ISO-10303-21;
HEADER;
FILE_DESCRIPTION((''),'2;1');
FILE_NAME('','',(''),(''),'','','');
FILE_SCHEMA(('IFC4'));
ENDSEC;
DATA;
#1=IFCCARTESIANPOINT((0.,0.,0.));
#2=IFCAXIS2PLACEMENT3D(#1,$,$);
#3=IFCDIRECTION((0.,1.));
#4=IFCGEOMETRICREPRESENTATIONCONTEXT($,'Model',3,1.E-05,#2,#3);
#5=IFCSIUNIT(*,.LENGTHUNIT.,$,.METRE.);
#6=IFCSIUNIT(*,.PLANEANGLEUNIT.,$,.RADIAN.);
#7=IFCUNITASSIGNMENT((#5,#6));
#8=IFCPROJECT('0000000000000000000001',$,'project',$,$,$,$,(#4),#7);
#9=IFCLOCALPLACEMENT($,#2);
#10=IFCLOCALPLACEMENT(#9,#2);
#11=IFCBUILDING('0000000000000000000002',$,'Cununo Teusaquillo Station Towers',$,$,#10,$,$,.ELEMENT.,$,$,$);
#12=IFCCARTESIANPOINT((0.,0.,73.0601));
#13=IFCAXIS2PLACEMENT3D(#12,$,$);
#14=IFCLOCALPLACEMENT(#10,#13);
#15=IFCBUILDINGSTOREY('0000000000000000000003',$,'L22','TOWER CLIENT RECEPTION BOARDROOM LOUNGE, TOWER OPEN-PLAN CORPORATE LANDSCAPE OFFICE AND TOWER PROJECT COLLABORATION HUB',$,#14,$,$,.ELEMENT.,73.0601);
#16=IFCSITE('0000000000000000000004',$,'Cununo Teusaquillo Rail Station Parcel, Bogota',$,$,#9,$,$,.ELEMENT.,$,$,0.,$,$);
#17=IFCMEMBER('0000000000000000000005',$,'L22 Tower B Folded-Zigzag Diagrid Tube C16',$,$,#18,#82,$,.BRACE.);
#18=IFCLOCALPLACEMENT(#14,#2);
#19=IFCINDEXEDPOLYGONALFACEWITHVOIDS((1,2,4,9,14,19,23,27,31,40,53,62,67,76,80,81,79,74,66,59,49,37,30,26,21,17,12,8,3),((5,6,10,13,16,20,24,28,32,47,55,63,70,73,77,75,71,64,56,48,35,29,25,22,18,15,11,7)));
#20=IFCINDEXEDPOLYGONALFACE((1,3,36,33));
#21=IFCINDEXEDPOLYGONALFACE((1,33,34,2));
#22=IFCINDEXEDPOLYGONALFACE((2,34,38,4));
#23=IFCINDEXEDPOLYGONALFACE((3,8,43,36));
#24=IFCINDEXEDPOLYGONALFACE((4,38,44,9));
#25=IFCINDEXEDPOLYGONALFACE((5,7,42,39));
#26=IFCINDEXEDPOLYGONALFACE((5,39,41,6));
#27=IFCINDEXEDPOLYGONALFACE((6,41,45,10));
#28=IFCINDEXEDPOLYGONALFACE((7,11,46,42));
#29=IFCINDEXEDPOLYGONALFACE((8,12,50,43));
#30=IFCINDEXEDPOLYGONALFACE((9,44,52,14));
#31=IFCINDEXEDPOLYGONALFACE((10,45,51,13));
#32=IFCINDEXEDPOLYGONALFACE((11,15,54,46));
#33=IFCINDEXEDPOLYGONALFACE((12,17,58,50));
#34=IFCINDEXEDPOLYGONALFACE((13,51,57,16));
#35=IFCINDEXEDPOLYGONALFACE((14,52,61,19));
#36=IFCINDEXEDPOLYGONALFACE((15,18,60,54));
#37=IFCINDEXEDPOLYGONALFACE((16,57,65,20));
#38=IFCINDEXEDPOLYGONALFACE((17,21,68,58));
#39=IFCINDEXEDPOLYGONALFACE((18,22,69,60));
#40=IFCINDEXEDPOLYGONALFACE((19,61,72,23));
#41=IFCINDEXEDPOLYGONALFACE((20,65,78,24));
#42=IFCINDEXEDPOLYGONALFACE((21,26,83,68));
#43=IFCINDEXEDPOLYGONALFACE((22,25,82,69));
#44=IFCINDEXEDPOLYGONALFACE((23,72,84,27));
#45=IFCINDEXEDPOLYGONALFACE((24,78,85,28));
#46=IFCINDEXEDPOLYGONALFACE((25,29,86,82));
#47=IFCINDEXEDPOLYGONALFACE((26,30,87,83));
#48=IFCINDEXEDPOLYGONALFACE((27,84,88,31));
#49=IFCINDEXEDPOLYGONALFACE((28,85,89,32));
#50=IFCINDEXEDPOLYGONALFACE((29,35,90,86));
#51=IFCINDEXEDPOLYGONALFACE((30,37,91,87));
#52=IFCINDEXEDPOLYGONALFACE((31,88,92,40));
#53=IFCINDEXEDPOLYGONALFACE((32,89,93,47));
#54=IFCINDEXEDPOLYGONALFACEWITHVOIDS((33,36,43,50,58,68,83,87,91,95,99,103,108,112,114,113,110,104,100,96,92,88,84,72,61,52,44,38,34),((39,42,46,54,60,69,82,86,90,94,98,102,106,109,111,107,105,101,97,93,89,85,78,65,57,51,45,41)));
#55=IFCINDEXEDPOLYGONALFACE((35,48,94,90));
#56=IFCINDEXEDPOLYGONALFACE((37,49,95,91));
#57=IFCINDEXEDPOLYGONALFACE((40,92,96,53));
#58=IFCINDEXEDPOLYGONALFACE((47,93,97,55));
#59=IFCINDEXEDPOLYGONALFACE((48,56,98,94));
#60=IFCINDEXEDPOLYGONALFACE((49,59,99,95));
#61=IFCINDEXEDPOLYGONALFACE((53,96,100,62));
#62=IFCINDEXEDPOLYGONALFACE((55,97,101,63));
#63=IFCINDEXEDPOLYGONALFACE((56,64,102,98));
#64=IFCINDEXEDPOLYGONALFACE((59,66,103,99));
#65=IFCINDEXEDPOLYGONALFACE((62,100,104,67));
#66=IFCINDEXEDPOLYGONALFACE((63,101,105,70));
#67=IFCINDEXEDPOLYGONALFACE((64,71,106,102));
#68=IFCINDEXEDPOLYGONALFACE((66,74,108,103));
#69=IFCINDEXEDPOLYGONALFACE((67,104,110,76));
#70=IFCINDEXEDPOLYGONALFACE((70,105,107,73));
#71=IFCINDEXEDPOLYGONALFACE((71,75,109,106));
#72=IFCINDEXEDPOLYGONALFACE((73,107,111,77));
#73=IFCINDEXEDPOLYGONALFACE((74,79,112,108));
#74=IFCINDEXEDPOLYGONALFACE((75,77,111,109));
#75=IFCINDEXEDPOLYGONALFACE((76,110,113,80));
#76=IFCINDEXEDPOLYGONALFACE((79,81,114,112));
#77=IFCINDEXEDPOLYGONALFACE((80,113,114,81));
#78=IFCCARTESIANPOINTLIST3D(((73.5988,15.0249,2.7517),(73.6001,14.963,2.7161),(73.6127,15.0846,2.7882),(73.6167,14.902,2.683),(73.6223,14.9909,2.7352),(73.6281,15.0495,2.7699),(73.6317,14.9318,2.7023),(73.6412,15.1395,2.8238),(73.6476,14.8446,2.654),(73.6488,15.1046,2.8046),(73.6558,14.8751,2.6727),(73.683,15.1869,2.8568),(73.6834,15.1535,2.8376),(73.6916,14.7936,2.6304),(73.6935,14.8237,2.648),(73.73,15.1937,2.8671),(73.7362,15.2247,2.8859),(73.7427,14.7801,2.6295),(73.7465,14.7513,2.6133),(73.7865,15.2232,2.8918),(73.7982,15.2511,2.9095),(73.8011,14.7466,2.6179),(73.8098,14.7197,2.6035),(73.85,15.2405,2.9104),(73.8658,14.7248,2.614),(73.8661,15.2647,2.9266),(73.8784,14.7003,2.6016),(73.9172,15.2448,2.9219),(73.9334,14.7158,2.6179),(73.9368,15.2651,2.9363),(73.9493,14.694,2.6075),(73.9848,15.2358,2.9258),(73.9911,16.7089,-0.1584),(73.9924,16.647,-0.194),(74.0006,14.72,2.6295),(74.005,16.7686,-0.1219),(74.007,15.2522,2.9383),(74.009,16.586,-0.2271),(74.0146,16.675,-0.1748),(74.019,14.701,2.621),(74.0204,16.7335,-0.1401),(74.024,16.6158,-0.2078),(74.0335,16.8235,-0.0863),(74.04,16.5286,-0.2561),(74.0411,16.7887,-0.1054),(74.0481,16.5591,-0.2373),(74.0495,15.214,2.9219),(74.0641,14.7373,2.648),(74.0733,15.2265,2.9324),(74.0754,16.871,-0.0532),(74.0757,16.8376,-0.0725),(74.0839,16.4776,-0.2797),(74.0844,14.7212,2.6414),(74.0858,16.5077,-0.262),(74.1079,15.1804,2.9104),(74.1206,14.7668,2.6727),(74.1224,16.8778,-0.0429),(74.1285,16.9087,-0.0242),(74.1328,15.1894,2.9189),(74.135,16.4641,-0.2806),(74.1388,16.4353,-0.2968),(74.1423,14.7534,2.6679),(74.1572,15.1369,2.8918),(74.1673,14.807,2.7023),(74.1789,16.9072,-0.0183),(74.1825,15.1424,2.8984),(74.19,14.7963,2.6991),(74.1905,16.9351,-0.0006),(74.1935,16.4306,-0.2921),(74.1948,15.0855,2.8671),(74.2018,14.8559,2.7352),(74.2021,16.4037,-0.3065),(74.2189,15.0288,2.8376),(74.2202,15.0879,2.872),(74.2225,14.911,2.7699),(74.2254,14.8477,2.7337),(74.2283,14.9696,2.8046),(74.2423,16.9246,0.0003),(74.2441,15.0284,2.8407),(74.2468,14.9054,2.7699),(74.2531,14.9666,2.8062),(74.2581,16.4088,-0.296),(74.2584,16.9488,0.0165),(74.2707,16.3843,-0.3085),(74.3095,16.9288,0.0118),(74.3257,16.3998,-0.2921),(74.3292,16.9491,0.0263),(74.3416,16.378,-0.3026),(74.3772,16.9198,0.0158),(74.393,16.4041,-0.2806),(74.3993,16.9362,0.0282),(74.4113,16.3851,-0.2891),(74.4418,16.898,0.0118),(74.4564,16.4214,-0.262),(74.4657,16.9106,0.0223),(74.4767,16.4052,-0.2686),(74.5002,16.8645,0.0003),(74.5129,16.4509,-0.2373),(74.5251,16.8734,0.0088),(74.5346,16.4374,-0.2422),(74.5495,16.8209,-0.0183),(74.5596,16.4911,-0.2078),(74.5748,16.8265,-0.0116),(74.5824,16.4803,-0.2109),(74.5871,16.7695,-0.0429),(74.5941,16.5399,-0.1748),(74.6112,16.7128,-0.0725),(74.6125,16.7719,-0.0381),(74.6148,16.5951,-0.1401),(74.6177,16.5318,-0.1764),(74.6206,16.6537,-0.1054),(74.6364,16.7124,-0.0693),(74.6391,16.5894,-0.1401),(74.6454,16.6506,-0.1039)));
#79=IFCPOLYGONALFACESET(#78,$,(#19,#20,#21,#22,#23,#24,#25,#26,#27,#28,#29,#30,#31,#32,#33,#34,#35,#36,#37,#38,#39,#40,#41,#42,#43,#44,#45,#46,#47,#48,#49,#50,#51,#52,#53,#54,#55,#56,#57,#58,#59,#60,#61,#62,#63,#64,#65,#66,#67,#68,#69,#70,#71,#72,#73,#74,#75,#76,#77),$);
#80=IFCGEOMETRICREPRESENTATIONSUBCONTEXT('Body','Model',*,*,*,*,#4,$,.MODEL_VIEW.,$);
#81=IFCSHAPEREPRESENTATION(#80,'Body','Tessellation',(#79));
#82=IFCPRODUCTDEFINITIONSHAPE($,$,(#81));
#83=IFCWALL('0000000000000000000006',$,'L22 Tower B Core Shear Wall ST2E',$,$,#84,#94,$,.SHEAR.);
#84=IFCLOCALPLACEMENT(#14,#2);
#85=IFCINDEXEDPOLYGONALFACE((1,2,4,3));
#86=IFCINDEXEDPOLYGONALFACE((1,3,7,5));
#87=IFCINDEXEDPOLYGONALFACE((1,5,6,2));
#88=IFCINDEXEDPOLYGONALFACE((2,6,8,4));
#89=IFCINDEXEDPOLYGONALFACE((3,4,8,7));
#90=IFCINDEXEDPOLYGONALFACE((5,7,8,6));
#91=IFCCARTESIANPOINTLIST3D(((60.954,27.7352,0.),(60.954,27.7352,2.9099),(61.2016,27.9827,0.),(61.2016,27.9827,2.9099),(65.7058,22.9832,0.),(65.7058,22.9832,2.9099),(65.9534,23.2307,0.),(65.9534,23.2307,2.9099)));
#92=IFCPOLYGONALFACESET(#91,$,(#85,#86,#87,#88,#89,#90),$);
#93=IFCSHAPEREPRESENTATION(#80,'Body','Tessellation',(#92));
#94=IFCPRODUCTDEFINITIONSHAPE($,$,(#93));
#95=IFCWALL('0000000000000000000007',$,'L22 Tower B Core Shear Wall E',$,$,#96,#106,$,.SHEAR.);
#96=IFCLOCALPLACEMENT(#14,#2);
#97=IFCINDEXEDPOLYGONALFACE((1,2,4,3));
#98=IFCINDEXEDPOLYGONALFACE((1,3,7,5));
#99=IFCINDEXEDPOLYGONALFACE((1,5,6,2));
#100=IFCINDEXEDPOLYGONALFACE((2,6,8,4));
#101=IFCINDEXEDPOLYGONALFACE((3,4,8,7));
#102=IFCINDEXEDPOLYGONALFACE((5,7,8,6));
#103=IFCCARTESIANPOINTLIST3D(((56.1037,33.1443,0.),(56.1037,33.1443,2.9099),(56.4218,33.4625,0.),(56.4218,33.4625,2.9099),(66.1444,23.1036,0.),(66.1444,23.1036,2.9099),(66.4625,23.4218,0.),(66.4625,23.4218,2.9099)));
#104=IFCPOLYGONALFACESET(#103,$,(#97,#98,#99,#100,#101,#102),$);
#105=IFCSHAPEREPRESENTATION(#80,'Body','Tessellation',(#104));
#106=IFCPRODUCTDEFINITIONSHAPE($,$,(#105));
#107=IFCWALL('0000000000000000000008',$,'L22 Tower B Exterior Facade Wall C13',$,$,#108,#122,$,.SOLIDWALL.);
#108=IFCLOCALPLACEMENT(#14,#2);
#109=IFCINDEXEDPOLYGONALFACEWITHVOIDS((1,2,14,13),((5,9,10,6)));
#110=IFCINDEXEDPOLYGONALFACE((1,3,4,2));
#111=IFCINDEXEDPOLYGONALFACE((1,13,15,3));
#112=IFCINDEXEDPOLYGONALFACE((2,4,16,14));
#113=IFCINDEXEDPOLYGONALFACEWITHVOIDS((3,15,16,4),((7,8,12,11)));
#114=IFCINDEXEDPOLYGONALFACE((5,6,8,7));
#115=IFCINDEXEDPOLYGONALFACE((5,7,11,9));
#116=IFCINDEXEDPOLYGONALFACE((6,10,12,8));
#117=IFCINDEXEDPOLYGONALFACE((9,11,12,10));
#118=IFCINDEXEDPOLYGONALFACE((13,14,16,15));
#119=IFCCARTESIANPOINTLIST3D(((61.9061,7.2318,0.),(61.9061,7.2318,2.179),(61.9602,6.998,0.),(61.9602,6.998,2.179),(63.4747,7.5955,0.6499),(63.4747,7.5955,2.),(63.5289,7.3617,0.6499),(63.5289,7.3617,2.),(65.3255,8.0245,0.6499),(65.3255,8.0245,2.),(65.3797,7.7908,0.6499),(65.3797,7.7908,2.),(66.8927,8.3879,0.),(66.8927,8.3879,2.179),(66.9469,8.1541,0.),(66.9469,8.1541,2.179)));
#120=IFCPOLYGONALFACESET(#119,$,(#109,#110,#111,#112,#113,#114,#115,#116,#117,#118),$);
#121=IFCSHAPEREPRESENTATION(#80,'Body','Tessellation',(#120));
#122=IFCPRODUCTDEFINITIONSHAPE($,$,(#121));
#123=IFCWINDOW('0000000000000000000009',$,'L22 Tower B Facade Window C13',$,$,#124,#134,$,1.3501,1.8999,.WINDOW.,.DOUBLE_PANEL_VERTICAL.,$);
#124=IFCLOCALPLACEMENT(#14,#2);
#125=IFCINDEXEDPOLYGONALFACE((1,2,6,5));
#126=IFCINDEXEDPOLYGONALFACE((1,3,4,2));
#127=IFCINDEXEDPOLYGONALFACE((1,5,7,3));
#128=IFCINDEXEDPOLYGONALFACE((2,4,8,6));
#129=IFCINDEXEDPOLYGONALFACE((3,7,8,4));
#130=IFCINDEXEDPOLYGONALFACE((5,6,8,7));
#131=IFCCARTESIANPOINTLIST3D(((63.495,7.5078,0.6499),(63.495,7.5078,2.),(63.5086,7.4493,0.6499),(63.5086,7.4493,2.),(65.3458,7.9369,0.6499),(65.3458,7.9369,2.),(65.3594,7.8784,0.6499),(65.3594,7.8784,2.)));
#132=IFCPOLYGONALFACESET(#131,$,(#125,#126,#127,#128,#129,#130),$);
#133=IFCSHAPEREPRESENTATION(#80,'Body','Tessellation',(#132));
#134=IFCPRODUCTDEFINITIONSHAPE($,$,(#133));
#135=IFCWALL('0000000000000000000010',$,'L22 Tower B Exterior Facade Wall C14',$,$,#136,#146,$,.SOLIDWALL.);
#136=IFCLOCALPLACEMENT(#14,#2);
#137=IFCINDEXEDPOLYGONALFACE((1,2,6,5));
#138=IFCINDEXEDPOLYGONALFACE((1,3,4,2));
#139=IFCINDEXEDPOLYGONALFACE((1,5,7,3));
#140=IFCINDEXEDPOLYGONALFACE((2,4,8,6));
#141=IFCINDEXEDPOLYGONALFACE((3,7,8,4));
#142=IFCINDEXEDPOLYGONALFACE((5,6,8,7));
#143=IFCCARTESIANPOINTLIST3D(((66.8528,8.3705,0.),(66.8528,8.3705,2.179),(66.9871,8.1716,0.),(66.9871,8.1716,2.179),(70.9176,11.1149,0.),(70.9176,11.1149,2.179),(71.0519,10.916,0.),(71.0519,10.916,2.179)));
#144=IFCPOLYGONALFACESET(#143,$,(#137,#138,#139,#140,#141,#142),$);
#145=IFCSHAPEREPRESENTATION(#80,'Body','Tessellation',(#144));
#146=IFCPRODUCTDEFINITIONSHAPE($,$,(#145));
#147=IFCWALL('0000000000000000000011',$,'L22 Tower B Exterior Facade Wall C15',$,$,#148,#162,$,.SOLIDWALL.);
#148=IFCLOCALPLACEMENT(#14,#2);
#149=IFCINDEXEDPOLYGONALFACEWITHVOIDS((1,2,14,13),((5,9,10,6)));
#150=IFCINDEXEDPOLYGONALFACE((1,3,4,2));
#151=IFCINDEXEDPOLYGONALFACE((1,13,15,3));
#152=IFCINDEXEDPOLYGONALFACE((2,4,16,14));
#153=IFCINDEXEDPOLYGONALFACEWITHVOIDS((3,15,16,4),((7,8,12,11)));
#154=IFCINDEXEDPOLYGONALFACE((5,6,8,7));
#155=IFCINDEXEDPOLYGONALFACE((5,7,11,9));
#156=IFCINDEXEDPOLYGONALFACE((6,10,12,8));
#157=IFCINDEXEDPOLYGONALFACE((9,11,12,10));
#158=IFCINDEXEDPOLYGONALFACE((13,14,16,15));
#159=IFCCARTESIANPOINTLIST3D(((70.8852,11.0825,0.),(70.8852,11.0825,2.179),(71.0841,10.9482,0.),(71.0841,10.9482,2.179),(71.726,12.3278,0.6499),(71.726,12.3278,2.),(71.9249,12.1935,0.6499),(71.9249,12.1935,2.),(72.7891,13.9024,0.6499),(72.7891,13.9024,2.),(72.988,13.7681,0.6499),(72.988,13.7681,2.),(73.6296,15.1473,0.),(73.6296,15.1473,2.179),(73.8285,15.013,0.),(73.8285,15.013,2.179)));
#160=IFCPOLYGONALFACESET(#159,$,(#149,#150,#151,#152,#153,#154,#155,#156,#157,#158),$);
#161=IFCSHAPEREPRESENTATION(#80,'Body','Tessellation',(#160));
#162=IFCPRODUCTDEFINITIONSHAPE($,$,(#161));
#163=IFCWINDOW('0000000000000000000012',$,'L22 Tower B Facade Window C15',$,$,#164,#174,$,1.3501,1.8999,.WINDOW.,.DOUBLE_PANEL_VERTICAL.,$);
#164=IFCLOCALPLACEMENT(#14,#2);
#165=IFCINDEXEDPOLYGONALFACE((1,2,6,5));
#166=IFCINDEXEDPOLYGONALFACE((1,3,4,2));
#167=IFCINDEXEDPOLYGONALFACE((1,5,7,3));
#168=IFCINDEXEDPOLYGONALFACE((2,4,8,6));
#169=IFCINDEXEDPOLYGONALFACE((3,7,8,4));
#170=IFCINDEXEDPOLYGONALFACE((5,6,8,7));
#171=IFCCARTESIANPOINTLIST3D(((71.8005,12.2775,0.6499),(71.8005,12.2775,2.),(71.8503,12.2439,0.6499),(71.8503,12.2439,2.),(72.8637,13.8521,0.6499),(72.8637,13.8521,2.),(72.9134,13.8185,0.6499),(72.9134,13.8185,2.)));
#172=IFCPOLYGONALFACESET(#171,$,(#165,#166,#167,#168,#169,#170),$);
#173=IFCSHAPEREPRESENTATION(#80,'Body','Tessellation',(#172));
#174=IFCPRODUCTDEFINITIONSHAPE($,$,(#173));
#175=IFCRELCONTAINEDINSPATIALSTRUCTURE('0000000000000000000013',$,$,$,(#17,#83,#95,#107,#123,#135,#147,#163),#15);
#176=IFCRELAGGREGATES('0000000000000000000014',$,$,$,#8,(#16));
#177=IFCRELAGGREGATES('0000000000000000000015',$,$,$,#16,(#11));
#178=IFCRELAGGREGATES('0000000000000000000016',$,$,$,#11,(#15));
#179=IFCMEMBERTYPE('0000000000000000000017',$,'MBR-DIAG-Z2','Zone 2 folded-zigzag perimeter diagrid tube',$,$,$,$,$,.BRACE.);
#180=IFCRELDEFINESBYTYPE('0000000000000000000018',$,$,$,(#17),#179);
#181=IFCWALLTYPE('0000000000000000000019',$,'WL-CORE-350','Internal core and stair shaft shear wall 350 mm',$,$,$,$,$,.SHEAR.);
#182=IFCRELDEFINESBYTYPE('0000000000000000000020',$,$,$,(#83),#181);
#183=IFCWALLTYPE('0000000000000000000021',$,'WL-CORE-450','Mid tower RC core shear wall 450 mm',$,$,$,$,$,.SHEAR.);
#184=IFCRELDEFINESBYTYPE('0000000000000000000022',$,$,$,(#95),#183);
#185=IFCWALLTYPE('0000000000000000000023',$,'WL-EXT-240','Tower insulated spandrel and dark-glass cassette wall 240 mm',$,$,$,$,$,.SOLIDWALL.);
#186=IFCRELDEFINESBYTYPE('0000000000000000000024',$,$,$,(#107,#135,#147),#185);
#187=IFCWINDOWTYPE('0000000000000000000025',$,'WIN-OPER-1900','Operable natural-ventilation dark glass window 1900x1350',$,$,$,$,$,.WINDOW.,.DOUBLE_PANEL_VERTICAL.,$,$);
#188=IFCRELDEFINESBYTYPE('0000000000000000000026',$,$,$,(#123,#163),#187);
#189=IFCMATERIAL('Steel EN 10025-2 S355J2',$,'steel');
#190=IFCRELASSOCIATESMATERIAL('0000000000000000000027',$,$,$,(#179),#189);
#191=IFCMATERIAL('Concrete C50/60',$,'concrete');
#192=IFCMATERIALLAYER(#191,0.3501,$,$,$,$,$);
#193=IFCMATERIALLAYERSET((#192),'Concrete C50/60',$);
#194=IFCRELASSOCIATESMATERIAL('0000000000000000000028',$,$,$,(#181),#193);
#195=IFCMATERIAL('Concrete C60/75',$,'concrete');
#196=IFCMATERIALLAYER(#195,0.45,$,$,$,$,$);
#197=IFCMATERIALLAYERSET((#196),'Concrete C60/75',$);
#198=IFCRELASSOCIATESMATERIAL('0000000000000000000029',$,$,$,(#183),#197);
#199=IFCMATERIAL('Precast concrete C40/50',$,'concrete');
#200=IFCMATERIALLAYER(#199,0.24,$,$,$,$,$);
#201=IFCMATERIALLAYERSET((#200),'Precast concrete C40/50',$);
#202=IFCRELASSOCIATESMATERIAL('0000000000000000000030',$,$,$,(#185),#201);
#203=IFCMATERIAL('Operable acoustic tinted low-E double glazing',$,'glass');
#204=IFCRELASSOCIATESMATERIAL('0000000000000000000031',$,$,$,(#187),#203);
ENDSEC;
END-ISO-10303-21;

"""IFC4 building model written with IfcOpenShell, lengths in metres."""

from ifc_helpers import new_model, si_unit, direction, frame, frame_2d, origin, origin_2d, place, context, subcontext, project, spatial, rectangle, hollow_circle, extrude, source, transform, mapped, material, layer, layer_set, material_profile, profile_set, type_object, element, fill, save


model = new_model("IFC4")

# Units and contexts
model_context = context("Model", 3, precision=1e-05, world=origin(), true_north=direction((0.0, 1.0)))
body_context = subcontext(model_context, "Body", "Model", "MODEL_VIEW")
ifc_project = project(units=[si_unit("LENGTHUNIT", "METRE"), si_unit("PLANEANGLEUNIT", "RADIAN")], contexts=[model_context])

# Site, building, storey
site_placement = place(None, origin())
site = spatial("IfcSite", under=ifc_project, at=site_placement, Name="Cununo Teusaquillo Rail Station Parcel, Bogota", CompositionType="ELEMENT", RefElevation=0.0)
building_placement = place(site_placement, origin())
building = spatial("IfcBuilding", under=site, at=building_placement, Name="Cununo Teusaquillo Station Towers", CompositionType="ELEMENT")
storey_placement = place(building_placement, frame((0.0, 0.0, 73.0601)))
storey = spatial("IfcBuildingStorey", under=building, at=storey_placement, Name="L22", Description="TOWER CLIENT RECEPTION BOARDROOM LOUNGE, TOWER OPEN-PLAN CORPORATE LANDSCAPE OFFICE AND TOWER PROJECT COLLABORATION HUB", CompositionType="ELEMENT", Elevation=73.0601)

# Member
ifc_material_1 = material(Name="Steel EN 10025-2 S355J2", Category="steel")
ifc_material_profile_1 = material_profile(ifc_material_1, hollow_circle(Radius=0.3301, WallThickness=0.0249, at=origin_2d()), Name="CHS 660x25")
ifc_profile_set_1 = profile_set([ifc_material_profile_1], Name="Steel EN 10025-2 S355J2")
member_type = type_object("IfcMemberType", Name="MBR-DIAG-Z2", Description="Zone 2 folded-zigzag perimeter diagrid tube", PredefinedType="BRACE", material=ifc_profile_set_1)
member_1_placement = place(storey_placement, frame((74.3176, 16.6643, -0.1401), z_axis=(-0.115899, -0.497495, 0.85969), x_axis=(0.97392, -0.22689, 0.0)))
element("IfcMember", 1, at=member_1_placement, inside=storey, type_object=member_type, Name="L22 Tower B Folded-Zigzag Diagrid Tube C16", PredefinedType="BRACE", context=body_context, shape_type="SweptSolid", body=[
    extrude(hollow_circle(Radius=0.3301, WallThickness=0.0249, at=origin_2d()), origin(), (0.0, 0.0, 1.0), 3.385),
])

# Walls
ifc_material_2 = material(Name="Concrete C50/60", Category="concrete")
ifc_layer_1 = layer(ifc_material_2, 0.3501)
ifc_layer_set_1 = layer_set([ifc_layer_1], Name="Concrete C50/60")
wall_type_1 = type_object("IfcWallType", Name="WL-CORE-350", Description="Internal core and stair shaft shear wall 350 mm", PredefinedType="SHEAR", material=ifc_layer_set_1)
wall_1_placement = place(storey_placement, frame((65.8296, 23.1069, 0.0), z_axis=(0.0, 0.0, 1.0), x_axis=(-0.707089, 0.707125, 0.0)))
element("IfcWall", 2, at=wall_1_placement, inside=storey, type_object=wall_type_1, Name="L22 Tower B Core Shear Wall ST2E", PredefinedType="SHEAR", context=body_context, shape_type="SweptSolid", body=[
    extrude(rectangle(XDim=6.7202, YDim=0.3501, at=frame_2d((3.3601, 0.0))), origin(), (0.0, 0.0, 1.0), 2.9099),
])
ifc_material_3 = material(Name="Concrete C60/75", Category="concrete")
ifc_layer_2 = layer(ifc_material_3, 0.45)
ifc_layer_set_2 = layer_set([ifc_layer_2], Name="Concrete C60/75")
wall_type_2 = type_object("IfcWallType", Name="WL-CORE-450", Description="Mid tower RC core shear wall 450 mm", PredefinedType="SHEAR", material=ifc_layer_set_2)
wall_2_placement = place(storey_placement, frame((66.3035, 23.2627, 0.0), z_axis=(0.0, 0.0, 1.0), x_axis=(-0.707107, 0.707107, 0.0)))
element("IfcWall", 3, at=wall_2_placement, inside=storey, type_object=wall_type_2, Name="L22 Tower B Core Shear Wall E", PredefinedType="SHEAR", context=body_context, shape_type="SweptSolid", body=[
    extrude(rectangle(XDim=14.1997, YDim=0.45, at=frame_2d((7.0999, 0.0))), origin(), (0.0, 0.0, 1.0), 2.9099),
])

# Wall, opening, window
ifc_material_4 = material(Name="Precast concrete C40/50", Category="concrete")
ifc_layer_3 = layer(ifc_material_4, 0.24)
ifc_layer_set_3 = layer_set([ifc_layer_3], Name="Precast concrete C40/50")
wall_type_3 = type_object("IfcWallType", Name="WL-EXT-240", Description="Tower insulated spandrel and dark-glass cassette wall 240 mm", PredefinedType="SOLIDWALL", material=ifc_layer_set_3)
wall_3_placement = place(storey_placement, frame((66.9199, 8.271, 0.0), z_axis=(0.0, 0.0, 1.0), x_axis=(-0.974166, -0.225835, 0.0)))
wall_3 = element("IfcWall", 4, at=wall_3_placement, inside=storey, type_object=wall_type_3, Name="L22 Tower B Exterior Facade Wall C13", PredefinedType="SOLIDWALL", context=body_context, shape_type="SweptSolid", body=[
    extrude(rectangle(XDim=5.1189, YDim=0.24, at=frame_2d((2.5596, 0.0))), origin(), (0.0, 0.0, 1.0), 2.179),
])
shared_shape_1 = source(origin(), body_context, "Body", "SweptSolid", [
    extrude(rectangle(XDim=1.8999, YDim=1.3501, at=frame_2d((0.95, 0.675))), frame((0.0, 0.1299, 0.0), z_axis=(0.0, -1.0, 0.0), x_axis=(1.0, 0.0, 0.0)), (0.0, 0.0, 1.0), 0.26),
])
opening_1_placement = place(wall_3_placement, frame((1.6089, 0.0, 0.6499)))
opening_1 = element("IfcOpeningElement", 5, at=opening_1_placement, cuts=wall_3, PredefinedType="OPENING", context=body_context, shape_type="MappedRepresentation", body=[
    mapped(shared_shape_1, transform((0.0, 0.0, 0.0), x_axis=(1.0, 0.0, 0.0), y_axis=(0.0, 1.0, 0.0), z_axis=(0.0, 0.0, 1.0), scale=1.0)),
])
ifc_material_5 = material(Name="Operable acoustic tinted low-E double glazing", Category="glass")
window_type = type_object("IfcWindowType", Name="WIN-OPER-1900", Description="Operable natural-ventilation dark glass window 1900x1350", PartitioningType="DOUBLE_PANEL_VERTICAL", PredefinedType="WINDOW", material=ifc_material_5)
shared_shape_2 = source(origin(), body_context, "Body", "SweptSolid", [
    extrude(rectangle(XDim=1.8999, YDim=1.3501, at=frame_2d((0.95, 0.675))), frame((0.0, 0.03, 0.0), z_axis=(0.0, -1.0, 0.0), x_axis=(1.0, 0.0, 0.0)), (0.0, 0.0, 1.0), 0.0601),
])
window_1_placement = place(opening_1_placement, origin())
window_1 = element("IfcWindow", 6, at=window_1_placement, inside=storey, type_object=window_type, Name="L22 Tower B Facade Window C13", OverallHeight=1.3501, OverallWidth=1.8999, PartitioningType="DOUBLE_PANEL_VERTICAL", PredefinedType="WINDOW", context=body_context, shape_type="MappedRepresentation", body=[
    mapped(shared_shape_2, transform((0.0, 0.0, 0.0), x_axis=(1.0, 0.0, 0.0), y_axis=(0.0, 1.0, 0.0), z_axis=(0.0, 0.0, 1.0), scale=1.0)),
])
fill(opening_1, window_1)

# Wall
wall_4_placement = place(storey_placement, frame((70.9846, 11.0154, 0.0), z_axis=(0.0, 0.0, 1.0), x_axis=(-0.828781, -0.559573, 0.0)))
element("IfcWall", 7, at=wall_4_placement, inside=storey, type_object=wall_type_3, Name="L22 Tower B Exterior Facade Wall C14", PredefinedType="SOLIDWALL", context=body_context, shape_type="SweptSolid", body=[
    extrude(rectangle(XDim=4.9045, YDim=0.24, at=frame_2d((2.4521, 0.0))), origin(), (0.0, 0.0, 1.0), 2.179),
])

# Wall, opening, window
wall_5_placement = place(storey_placement, frame((73.729, 15.0801, 0.0), z_axis=(0.0, 0.0, 1.0), x_axis=(-0.559573, -0.828781, 0.0)))
wall_5 = element("IfcWall", 8, at=wall_5_placement, inside=storey, type_object=wall_type_3, Name="L22 Tower B Exterior Facade Wall C15", PredefinedType="SOLIDWALL", context=body_context, shape_type="SweptSolid", body=[
    extrude(rectangle(XDim=4.9045, YDim=0.24, at=frame_2d((2.4521, 0.0))), origin(), (0.0, 0.0, 1.0), 2.179),
])
opening_2_placement = place(wall_5_placement, frame((1.502, 0.0, 0.6499)))
opening_2 = element("IfcOpeningElement", 9, at=opening_2_placement, cuts=wall_5, PredefinedType="OPENING", context=body_context, shape_type="MappedRepresentation", body=[
    mapped(shared_shape_1, transform((0.0, 0.0, 0.0), x_axis=(1.0, 0.0, 0.0), y_axis=(0.0, 1.0, 0.0), z_axis=(0.0, 0.0, 1.0), scale=1.0)),
])
window_2_placement = place(opening_2_placement, origin())
window_2 = element("IfcWindow", 10, at=window_2_placement, inside=storey, type_object=window_type, Name="L22 Tower B Facade Window C15", OverallHeight=1.3501, OverallWidth=1.8999, PartitioningType="DOUBLE_PANEL_VERTICAL", PredefinedType="WINDOW", context=body_context, shape_type="MappedRepresentation", body=[
    mapped(shared_shape_2, transform((0.0, 0.0, 0.0), x_axis=(1.0, 0.0, 0.0), y_axis=(0.0, 1.0, 0.0), z_axis=(0.0, 0.0, 1.0), scale=1.0)),
])
fill(opening_2, window_2)

save(model, "model.ifc")
